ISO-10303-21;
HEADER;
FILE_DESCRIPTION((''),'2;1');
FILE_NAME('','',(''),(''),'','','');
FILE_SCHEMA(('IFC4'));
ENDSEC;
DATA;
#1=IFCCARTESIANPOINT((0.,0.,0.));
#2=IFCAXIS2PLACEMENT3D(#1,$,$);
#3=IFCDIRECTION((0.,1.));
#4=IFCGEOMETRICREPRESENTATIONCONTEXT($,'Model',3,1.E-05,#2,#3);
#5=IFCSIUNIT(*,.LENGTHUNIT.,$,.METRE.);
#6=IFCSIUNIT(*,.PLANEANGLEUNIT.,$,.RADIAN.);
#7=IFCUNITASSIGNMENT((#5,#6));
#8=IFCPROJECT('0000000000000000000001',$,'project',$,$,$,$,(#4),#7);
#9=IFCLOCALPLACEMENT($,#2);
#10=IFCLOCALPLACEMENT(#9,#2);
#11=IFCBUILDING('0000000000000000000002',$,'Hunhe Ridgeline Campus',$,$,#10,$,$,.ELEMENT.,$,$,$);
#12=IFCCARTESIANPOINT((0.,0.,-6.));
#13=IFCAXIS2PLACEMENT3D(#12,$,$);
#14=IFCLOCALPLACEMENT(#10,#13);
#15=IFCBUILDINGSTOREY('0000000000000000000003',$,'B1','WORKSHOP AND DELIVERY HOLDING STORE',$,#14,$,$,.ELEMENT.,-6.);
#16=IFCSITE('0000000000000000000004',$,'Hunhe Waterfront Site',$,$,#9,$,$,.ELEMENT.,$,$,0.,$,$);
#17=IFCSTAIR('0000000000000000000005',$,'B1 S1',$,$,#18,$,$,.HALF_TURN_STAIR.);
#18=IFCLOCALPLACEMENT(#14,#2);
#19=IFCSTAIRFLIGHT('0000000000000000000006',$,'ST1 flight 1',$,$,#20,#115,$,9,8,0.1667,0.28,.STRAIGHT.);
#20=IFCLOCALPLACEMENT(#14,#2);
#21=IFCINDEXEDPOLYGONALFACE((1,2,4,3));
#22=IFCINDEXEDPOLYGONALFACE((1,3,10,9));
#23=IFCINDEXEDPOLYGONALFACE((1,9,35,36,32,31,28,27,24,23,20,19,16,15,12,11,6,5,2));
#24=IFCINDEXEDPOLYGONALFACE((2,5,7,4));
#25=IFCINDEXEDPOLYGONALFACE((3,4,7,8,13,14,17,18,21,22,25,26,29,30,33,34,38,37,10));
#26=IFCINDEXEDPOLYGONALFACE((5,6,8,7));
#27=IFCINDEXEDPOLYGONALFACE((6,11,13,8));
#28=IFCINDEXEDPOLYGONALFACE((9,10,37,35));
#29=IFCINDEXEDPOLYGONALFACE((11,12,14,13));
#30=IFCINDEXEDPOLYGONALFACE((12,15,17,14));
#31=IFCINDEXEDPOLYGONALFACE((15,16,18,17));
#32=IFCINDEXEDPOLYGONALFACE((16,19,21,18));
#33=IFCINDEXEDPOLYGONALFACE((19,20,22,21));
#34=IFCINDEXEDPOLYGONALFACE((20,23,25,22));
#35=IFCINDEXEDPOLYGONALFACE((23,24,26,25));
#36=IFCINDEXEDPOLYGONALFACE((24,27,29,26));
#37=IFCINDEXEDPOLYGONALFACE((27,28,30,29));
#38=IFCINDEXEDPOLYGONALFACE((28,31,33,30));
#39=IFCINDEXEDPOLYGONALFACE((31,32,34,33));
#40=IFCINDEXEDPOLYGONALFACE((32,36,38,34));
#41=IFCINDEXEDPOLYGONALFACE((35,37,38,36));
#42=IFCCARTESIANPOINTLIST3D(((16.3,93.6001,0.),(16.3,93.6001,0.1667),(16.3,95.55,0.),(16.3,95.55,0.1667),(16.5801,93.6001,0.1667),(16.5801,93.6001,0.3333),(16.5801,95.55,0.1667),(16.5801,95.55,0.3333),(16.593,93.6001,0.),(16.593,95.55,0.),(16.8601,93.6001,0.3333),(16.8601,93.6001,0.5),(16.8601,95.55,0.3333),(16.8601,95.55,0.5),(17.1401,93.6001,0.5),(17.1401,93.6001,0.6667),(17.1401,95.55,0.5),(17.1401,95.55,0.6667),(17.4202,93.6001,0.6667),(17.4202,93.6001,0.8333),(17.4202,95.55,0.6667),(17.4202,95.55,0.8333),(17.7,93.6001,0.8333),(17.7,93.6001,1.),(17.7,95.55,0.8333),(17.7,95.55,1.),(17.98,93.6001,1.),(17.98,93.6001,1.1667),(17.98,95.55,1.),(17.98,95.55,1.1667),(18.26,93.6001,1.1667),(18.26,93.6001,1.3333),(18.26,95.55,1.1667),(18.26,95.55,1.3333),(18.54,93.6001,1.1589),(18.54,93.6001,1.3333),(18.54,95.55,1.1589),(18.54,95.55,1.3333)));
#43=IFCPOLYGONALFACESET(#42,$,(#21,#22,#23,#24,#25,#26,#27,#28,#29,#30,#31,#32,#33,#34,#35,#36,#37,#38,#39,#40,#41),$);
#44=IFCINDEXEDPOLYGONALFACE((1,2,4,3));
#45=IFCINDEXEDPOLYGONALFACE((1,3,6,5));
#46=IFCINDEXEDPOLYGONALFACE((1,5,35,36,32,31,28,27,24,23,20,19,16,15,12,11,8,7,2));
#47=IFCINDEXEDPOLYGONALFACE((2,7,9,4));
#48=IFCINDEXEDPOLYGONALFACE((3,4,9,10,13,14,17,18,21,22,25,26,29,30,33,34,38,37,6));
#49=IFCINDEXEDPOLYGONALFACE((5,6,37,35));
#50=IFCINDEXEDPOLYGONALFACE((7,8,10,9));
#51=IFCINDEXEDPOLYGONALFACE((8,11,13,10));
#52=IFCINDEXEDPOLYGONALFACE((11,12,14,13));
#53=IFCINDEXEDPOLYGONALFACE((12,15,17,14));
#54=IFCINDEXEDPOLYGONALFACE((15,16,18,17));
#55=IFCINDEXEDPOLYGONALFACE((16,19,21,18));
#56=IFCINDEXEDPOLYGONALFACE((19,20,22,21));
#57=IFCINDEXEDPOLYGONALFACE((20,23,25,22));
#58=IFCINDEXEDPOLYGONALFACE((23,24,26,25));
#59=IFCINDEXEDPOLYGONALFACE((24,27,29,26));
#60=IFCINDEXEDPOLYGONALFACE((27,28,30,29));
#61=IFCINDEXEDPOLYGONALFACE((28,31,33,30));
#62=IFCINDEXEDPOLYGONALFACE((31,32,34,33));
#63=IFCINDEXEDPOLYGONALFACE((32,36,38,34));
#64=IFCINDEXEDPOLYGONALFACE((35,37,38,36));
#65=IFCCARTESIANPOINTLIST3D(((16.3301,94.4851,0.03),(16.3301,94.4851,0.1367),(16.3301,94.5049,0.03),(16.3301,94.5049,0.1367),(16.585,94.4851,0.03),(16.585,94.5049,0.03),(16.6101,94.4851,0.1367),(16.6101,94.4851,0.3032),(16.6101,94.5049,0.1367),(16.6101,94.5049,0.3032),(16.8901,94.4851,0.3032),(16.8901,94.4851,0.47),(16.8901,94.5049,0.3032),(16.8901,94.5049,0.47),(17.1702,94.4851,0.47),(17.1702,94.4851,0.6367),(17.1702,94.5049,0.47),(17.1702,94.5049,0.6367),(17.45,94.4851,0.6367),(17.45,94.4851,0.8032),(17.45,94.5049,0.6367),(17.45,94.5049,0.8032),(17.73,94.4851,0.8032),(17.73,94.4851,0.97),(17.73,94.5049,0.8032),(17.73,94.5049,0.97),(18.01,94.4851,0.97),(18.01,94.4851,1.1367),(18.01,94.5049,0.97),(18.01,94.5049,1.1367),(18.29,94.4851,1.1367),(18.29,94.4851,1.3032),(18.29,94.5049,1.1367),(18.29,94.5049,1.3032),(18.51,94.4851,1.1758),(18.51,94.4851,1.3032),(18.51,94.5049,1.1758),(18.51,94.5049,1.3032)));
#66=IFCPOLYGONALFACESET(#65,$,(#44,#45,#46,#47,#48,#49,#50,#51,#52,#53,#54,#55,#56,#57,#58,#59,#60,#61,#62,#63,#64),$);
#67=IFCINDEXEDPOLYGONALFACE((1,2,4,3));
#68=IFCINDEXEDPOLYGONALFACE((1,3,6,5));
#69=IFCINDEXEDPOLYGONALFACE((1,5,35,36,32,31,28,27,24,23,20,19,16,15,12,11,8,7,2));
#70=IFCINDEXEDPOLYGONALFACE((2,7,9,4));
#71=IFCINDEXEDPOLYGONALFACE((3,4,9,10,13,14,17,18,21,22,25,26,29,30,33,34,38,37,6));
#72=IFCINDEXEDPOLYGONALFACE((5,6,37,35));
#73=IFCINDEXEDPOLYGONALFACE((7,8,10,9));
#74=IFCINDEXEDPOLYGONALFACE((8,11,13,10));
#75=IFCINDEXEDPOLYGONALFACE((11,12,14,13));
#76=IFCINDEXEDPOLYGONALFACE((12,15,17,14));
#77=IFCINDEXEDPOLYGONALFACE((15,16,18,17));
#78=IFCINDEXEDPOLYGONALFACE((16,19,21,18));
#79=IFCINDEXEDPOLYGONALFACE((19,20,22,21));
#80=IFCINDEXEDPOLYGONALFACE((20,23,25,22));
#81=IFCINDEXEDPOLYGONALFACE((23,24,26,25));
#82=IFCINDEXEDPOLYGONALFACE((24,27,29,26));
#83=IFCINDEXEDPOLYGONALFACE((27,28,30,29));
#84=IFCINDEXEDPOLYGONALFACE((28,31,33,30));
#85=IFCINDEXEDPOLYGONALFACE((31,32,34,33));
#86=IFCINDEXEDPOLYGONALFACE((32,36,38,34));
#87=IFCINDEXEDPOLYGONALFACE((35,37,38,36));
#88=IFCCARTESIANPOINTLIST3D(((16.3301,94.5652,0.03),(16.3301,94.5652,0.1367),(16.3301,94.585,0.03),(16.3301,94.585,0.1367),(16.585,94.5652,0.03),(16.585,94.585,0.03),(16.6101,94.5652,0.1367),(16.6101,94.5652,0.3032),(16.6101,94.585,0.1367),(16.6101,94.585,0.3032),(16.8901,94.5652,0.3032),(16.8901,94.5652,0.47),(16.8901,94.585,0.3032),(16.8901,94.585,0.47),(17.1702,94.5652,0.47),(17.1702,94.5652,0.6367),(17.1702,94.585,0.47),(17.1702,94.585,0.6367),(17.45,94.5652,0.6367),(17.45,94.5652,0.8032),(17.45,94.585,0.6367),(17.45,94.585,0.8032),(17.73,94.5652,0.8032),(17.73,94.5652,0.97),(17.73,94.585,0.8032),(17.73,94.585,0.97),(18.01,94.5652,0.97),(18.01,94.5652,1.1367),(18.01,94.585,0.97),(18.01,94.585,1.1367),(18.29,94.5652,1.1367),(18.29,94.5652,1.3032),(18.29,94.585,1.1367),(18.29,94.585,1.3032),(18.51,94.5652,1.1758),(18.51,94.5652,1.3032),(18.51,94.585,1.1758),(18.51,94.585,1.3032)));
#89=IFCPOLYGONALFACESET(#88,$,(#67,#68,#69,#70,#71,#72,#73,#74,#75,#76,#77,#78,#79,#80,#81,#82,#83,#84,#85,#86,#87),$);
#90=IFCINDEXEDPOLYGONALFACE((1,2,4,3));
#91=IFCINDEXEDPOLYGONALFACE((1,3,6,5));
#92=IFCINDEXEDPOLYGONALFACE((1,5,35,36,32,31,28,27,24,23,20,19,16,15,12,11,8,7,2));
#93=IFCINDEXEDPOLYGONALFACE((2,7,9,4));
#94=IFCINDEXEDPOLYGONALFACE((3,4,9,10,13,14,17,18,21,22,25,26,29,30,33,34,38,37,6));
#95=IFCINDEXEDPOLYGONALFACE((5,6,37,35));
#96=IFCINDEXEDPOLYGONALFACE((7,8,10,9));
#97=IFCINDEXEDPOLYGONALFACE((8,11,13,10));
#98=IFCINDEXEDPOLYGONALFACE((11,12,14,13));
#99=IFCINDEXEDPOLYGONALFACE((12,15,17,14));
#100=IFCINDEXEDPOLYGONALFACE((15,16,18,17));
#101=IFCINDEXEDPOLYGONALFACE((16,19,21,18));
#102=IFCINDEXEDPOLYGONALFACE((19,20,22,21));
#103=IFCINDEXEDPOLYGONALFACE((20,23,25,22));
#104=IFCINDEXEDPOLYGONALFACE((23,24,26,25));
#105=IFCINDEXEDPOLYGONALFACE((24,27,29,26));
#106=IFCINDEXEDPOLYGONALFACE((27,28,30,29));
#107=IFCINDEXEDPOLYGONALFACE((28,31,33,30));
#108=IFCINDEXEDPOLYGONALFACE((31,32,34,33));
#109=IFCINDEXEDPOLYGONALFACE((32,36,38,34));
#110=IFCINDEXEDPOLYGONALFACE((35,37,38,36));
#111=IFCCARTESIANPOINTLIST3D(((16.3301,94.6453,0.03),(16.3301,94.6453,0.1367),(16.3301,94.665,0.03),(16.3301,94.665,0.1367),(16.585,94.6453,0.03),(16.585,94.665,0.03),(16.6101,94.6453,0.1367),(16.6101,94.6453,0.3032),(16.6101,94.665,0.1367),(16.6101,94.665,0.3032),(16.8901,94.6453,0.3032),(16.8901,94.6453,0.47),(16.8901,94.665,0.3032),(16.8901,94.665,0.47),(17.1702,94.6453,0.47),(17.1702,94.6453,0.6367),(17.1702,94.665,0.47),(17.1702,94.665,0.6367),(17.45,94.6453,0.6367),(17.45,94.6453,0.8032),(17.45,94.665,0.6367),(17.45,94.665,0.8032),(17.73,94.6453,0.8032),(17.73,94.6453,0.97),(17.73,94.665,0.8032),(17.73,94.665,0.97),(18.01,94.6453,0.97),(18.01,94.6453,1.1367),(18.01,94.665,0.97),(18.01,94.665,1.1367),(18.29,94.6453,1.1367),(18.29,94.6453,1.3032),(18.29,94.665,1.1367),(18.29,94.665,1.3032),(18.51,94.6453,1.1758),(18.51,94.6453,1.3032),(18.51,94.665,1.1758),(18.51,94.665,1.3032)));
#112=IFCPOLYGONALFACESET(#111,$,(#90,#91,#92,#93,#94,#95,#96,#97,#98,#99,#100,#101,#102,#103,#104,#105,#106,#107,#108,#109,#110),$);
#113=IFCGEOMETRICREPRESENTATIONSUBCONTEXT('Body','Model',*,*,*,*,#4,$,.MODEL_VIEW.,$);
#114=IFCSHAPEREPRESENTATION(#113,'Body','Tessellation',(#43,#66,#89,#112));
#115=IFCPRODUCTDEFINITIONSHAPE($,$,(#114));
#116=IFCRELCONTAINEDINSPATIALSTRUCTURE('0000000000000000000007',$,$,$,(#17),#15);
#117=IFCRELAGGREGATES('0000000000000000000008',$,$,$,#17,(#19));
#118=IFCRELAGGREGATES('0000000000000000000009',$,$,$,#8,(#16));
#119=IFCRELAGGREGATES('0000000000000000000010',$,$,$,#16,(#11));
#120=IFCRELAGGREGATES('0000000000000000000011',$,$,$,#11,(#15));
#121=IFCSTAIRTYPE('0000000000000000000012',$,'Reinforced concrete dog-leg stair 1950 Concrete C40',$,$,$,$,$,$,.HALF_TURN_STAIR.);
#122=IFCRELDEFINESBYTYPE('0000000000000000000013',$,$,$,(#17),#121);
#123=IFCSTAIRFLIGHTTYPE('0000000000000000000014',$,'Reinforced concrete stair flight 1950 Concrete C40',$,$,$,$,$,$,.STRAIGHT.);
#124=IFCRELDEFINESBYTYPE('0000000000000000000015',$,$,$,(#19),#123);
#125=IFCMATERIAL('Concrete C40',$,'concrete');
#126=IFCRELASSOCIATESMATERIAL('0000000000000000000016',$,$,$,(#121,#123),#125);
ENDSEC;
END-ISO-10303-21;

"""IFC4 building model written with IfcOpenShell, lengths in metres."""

from ifc_helpers import new_model, si_unit, direction, frame, origin, place, context, subcontext, project, spatial, polyline, outline, extrude, material, type_object, element, aggregate, save


model = new_model("IFC4")

# Units and contexts
model_context = context("Model", 3, precision=1e-05, world=origin(), true_north=direction((0.0, 1.0)))
body_context = subcontext(model_context, "Body", "Model", "MODEL_VIEW")
ifc_project = project(units=[si_unit("LENGTHUNIT", "METRE"), si_unit("PLANEANGLEUNIT", "RADIAN")], contexts=[model_context])

# Site, building, storey
site_placement = place(None, origin())
site = spatial("IfcSite", under=ifc_project, at=site_placement, Name="Hunhe Waterfront Site", CompositionType="ELEMENT", RefElevation=0.0)
building_placement = place(site_placement, origin())
building = spatial("IfcBuilding", under=site, at=building_placement, Name="Hunhe Ridgeline Campus", CompositionType="ELEMENT")
storey_placement = place(building_placement, frame((0.0, 0.0, -6.0)))
storey = spatial("IfcBuildingStorey", under=building, at=storey_placement, Name="B1", Description="WORKSHOP AND DELIVERY HOLDING STORE", CompositionType="ELEMENT", Elevation=-6.0)

# Stair, stair flight
ifc_material_1 = material(Name="Concrete C40", Category="concrete")
stair_type = type_object("IfcStairType", Name="Reinforced concrete dog-leg stair 1950 Concrete C40", PredefinedType="HALF_TURN_STAIR", material=ifc_material_1)
stair_1_placement = place(storey_placement, origin())
stair_1 = element("IfcStair", 1, at=stair_1_placement, inside=storey, type_object=stair_type, Name="B1 S1", PredefinedType="HALF_TURN_STAIR")
stair_flight_type = type_object("IfcStairFlightType", Name="Reinforced concrete stair flight 1950 Concrete C40", PredefinedType="STRAIGHT", material=ifc_material_1)
stair_flight_1_placement = place(storey_placement, frame((16.3, 94.575, 0.0), z_axis=(0.0, 0.0, 1.0), x_axis=(1.0, 0.0, 0.0)))
stair_flight_1 = element("IfcStairFlight", 2, at=stair_flight_1_placement, type_object=stair_flight_type, Name="ST1 flight 1", NumberOfRisers=9, NumberOfTreads=8, PredefinedType="STRAIGHT", RiserHeight=0.1667, TreadLength=0.28, context=body_context, shape_type="SweptSolid", body=[
    extrude(outline(polyline([(0.0, 0.0), (0.0, 0.1667), (0.28, 0.1667), (0.28, 0.3333), (0.5601, 0.3333), (0.5601, 0.5), (0.8401, 0.5), (0.8401, 0.6667), (1.1201, 0.6667), (1.1201, 0.8333), (1.3999, 0.8333), (1.3999, 1.0), (1.6799, 1.0), (1.6799, 1.1667), (1.96, 1.1667), (1.96, 1.3333), (2.24, 1.3333), (2.24, 1.5), (2.24, 1.1589), (0.293, 0.0), (0.0, 0.0)])), frame((0.0, 0.9751, 0.0), z_axis=(0.0, -1.0, 0.0), x_axis=(1.0, 0.0, 0.0)), (0.0, 0.0, 1.0), 1.95),
    extrude(outline(polyline([(0.03, 0.03), (0.03, 0.1367), (0.3101, 0.1367), (0.3101, 0.3032), (0.5901, 0.3032), (0.5901, 0.47), (0.8701, 0.47), (0.8701, 0.6367), (1.1499, 0.6367), (1.1499, 0.8032), (1.4299, 0.8032), (1.4299, 0.97), (1.71, 0.97), (1.71, 1.1367), (1.99, 1.1367), (1.99, 1.3032), (2.21, 1.3032), (2.21, 1.1758), (0.2849, 0.03), (0.03, 0.03)])), frame((0.0, -0.0701, 0.0), z_axis=(0.0, -1.0, 0.0), x_axis=(1.0, 0.0, 0.0)), (0.0, 0.0, 1.0), 0.0198),
    extrude(outline(polyline([(0.03, 0.03), (0.03, 0.1367), (0.3101, 0.1367), (0.3101, 0.3032), (0.5901, 0.3032), (0.5901, 0.47), (0.8701, 0.47), (0.8701, 0.6367), (1.1499, 0.6367), (1.1499, 0.8032), (1.4299, 0.8032), (1.4299, 0.97), (1.71, 0.97), (1.71, 1.1367), (1.99, 1.1367), (1.99, 1.3032), (2.21, 1.3032), (2.21, 1.1758), (0.2849, 0.03), (0.03, 0.03)])), frame((0.0, 0.01, 0.0), z_axis=(0.0, -1.0, 0.0), x_axis=(1.0, 0.0, 0.0)), (0.0, 0.0, 1.0), 0.0198),
    extrude(outline(polyline([(0.03, 0.03), (0.03, 0.1367), (0.3101, 0.1367), (0.3101, 0.3032), (0.5901, 0.3032), (0.5901, 0.47), (0.8701, 0.47), (0.8701, 0.6367), (1.1499, 0.6367), (1.1499, 0.8032), (1.4299, 0.8032), (1.4299, 0.97), (1.71, 0.97), (1.71, 1.1367), (1.99, 1.1367), (1.99, 1.3032), (2.21, 1.3032), (2.21, 1.1758), (0.2849, 0.03), (0.03, 0.03)])), frame((0.0, 0.0901, 0.0), z_axis=(0.0, -1.0, 0.0), x_axis=(1.0, 0.0, 0.0)), (0.0, 0.0, 1.0), 0.0198),
])
aggregate(stair_1, [stair_flight_1])

save(model, "model.ifc")
